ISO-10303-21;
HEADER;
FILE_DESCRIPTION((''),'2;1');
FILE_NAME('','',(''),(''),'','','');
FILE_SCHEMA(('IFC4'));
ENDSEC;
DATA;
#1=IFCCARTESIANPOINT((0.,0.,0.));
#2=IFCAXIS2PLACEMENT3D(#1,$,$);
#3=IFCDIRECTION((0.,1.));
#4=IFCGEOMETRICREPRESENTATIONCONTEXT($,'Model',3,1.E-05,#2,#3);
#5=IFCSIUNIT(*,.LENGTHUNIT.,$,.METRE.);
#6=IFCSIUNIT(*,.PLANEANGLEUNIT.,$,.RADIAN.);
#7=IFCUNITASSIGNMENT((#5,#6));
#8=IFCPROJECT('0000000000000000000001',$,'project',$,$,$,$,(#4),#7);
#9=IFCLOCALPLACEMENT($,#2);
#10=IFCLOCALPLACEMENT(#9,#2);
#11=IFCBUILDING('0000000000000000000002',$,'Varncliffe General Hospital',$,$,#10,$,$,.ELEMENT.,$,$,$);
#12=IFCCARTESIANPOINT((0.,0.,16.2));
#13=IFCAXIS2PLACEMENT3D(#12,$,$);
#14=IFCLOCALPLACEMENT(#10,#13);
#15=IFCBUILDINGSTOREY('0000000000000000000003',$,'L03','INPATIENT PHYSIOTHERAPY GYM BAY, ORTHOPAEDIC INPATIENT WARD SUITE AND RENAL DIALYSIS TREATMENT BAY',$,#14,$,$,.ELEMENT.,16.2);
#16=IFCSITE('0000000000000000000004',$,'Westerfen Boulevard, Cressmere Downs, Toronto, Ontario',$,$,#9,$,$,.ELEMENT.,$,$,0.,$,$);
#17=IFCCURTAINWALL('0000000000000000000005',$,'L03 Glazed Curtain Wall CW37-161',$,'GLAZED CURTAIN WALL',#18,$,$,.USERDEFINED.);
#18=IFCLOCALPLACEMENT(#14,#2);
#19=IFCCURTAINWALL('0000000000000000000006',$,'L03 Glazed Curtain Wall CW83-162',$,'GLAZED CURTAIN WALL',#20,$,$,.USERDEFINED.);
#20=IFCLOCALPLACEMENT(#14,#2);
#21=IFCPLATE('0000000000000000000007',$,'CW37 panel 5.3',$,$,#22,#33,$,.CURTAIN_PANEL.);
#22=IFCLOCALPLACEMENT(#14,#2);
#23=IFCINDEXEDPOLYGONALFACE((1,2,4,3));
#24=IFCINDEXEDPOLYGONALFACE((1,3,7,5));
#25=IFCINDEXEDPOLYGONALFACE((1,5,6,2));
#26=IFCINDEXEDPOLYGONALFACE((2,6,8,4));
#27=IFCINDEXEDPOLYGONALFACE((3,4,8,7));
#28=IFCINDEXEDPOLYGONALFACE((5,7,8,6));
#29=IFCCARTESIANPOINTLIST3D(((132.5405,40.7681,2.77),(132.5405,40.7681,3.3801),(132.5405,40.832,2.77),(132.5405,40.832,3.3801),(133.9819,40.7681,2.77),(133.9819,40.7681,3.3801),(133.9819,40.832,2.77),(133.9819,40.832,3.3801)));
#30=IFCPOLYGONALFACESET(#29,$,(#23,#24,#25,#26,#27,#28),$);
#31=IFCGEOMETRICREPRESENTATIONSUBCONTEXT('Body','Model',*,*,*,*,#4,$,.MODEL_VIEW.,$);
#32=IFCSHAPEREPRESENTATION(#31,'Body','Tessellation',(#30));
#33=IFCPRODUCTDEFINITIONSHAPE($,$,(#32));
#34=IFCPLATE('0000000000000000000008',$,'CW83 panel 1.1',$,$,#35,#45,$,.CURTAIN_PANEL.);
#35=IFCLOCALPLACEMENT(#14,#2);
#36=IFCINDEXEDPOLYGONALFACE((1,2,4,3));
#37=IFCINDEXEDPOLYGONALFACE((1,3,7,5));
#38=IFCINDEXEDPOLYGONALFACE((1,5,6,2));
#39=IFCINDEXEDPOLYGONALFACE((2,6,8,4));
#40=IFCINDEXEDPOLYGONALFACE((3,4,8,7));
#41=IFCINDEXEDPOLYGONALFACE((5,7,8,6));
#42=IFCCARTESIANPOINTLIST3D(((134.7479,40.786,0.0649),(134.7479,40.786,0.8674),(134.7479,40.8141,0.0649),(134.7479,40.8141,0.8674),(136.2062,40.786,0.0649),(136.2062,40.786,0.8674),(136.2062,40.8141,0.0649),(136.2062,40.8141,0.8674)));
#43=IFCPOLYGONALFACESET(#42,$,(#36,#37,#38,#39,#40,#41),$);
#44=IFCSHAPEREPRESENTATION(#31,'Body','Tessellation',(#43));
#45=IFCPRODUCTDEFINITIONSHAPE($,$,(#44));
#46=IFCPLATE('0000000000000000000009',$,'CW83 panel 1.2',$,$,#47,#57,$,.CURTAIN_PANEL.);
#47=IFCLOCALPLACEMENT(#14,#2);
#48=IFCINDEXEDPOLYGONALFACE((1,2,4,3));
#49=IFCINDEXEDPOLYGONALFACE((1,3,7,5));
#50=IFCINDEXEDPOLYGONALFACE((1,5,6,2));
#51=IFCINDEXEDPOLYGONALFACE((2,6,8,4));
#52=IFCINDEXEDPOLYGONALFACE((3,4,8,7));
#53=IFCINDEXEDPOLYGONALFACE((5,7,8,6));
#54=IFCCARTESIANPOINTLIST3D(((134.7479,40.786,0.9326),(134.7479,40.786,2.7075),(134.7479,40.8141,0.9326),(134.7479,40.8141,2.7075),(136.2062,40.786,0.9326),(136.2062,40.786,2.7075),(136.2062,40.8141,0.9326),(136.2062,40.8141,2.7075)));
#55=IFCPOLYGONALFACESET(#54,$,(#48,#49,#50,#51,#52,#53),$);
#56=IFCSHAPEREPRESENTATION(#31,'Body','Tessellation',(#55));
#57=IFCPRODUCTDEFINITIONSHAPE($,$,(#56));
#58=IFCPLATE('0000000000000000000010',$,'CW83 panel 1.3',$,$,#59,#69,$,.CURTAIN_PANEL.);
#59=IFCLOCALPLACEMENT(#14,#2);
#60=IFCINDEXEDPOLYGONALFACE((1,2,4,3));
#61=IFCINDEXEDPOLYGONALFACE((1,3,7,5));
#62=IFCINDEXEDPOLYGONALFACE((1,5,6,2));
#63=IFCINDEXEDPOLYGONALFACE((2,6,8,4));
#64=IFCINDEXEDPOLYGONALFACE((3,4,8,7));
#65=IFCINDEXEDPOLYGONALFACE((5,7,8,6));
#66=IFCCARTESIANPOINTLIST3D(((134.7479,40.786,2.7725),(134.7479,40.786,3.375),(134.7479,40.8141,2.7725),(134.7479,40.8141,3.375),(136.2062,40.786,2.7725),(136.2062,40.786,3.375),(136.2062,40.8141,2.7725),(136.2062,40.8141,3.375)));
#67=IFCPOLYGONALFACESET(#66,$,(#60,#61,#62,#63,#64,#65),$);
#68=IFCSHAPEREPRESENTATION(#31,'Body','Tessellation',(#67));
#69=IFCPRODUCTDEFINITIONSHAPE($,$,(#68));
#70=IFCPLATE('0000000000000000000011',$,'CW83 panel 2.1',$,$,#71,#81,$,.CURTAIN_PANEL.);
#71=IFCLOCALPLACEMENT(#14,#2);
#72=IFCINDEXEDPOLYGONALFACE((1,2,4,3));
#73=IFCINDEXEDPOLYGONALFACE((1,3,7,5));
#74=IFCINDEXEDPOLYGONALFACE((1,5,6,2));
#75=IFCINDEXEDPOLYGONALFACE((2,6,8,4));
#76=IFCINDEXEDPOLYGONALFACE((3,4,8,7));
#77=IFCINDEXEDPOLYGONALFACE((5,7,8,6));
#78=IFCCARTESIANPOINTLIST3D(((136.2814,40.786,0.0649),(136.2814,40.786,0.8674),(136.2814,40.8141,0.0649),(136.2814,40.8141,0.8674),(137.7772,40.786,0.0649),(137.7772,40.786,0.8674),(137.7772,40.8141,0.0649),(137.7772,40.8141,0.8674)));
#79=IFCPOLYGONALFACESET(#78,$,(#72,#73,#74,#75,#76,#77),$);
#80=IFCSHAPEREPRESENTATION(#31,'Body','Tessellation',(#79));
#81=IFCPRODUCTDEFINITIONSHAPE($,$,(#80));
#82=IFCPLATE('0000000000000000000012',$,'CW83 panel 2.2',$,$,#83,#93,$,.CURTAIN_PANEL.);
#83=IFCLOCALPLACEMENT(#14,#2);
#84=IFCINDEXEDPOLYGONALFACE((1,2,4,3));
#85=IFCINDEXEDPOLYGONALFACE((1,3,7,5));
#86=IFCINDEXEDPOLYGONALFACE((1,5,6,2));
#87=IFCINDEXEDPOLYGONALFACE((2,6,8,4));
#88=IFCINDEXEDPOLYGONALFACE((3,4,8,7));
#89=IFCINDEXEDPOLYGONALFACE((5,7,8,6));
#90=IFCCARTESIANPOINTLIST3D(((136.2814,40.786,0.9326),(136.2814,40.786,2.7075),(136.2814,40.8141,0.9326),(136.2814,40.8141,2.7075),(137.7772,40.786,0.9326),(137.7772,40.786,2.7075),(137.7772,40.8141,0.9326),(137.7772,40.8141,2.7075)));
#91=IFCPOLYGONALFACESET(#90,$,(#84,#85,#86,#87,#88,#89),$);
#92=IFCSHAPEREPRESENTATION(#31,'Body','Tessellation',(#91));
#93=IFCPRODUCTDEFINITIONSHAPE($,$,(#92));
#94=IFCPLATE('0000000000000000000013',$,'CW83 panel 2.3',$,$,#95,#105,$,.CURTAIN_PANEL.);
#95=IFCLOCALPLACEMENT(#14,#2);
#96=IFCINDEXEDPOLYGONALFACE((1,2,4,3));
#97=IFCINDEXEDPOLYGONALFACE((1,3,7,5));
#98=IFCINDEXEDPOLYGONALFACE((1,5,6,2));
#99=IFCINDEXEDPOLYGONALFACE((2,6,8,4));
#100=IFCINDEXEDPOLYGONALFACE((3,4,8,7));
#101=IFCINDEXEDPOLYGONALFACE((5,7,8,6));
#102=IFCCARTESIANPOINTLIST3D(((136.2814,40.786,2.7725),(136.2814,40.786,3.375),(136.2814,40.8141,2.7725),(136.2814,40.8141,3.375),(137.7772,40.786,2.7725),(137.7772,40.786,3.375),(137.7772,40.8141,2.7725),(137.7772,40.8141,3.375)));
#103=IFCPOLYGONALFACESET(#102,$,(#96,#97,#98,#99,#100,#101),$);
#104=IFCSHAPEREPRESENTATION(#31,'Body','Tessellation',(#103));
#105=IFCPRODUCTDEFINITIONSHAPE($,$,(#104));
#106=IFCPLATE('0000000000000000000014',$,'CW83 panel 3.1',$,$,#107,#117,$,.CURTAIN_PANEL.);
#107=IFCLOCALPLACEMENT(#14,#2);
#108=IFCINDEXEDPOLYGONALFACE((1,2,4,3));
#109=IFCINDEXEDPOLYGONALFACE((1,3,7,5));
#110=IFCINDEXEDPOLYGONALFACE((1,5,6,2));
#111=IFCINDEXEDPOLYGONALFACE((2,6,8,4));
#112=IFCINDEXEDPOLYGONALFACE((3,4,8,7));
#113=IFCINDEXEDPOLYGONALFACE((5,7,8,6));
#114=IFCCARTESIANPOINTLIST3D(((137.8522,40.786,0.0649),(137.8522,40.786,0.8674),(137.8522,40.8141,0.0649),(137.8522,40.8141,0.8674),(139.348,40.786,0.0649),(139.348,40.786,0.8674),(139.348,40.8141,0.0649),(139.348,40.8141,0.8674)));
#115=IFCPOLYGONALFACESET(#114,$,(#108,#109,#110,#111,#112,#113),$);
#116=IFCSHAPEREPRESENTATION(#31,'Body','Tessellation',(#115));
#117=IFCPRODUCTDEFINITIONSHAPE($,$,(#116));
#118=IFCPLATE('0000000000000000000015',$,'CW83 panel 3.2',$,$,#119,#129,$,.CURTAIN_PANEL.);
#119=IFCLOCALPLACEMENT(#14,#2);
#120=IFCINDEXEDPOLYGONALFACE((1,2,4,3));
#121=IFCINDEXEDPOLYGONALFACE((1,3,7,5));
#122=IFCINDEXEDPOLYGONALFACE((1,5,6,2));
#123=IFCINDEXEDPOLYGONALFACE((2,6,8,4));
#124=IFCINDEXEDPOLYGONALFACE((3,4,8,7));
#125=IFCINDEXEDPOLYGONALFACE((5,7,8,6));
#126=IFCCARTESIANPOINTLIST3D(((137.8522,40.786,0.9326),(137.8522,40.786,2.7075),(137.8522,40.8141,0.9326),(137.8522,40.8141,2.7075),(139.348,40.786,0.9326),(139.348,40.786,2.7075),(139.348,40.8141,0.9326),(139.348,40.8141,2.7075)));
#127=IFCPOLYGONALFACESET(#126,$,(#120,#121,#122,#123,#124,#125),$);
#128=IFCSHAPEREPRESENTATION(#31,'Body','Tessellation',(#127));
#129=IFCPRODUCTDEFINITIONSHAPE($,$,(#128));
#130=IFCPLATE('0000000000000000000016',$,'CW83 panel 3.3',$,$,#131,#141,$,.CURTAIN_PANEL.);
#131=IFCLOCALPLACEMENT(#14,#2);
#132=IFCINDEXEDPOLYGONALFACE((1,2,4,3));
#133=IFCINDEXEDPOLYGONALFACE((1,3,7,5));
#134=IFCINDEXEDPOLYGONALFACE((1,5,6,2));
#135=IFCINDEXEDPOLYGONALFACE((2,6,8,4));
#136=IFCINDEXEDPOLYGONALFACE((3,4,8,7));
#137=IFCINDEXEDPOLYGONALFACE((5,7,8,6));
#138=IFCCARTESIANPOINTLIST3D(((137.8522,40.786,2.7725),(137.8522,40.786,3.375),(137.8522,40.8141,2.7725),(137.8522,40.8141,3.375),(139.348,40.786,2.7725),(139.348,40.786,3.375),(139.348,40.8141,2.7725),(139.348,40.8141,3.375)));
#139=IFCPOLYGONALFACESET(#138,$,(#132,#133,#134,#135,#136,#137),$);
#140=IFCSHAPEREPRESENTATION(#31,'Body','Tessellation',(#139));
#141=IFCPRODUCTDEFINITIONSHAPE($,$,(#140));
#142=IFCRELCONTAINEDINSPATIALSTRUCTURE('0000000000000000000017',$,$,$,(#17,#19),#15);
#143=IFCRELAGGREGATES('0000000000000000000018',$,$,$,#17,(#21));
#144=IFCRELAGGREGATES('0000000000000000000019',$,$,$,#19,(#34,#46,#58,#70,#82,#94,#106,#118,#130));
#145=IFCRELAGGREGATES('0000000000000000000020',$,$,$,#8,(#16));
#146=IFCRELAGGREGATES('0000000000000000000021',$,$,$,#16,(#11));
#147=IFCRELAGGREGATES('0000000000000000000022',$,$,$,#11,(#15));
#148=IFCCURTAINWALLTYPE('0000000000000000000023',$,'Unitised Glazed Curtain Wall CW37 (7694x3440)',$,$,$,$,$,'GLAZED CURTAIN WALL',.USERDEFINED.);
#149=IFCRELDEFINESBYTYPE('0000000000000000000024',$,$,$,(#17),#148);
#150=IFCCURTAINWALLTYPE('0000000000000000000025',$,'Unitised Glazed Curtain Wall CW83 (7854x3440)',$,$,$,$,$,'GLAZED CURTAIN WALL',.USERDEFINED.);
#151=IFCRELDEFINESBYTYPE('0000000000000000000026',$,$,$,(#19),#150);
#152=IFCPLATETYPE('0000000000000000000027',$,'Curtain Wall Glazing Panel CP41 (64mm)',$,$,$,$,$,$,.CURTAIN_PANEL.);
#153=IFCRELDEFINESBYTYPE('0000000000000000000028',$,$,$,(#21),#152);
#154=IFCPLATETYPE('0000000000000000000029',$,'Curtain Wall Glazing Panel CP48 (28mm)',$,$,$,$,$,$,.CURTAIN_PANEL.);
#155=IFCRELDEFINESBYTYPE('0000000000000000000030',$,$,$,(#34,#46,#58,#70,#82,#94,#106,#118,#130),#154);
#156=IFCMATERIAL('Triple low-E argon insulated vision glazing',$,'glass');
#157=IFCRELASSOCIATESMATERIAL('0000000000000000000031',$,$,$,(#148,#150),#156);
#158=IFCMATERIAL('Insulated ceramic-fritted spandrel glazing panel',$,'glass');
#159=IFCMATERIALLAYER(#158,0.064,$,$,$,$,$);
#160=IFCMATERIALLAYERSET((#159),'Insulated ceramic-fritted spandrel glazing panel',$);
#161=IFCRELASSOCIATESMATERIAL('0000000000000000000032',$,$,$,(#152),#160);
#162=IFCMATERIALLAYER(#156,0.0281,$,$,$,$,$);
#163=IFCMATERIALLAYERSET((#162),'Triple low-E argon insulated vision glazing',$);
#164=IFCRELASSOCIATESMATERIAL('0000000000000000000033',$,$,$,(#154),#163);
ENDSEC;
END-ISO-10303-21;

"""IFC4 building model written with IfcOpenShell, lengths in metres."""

from ifc_helpers import new_model, si_unit, direction, frame, origin, origin_2d, place, context, subcontext, project, spatial, rectangle, extrude, material, layer, layer_set, type_object, element, aggregate, save


model = new_model("IFC4")

# Units and contexts
model_context = context("Model", 3, precision=1e-05, world=origin(), true_north=direction((0.0, 1.0)))
body_context = subcontext(model_context, "Body", "Model", "MODEL_VIEW")
ifc_project = project(units=[si_unit("LENGTHUNIT", "METRE"), si_unit("PLANEANGLEUNIT", "RADIAN")], contexts=[model_context])

# Site, building, storey
site_placement = place(None, origin())
site = spatial("IfcSite", under=ifc_project, at=site_placement, Name="Westerfen Boulevard, Cressmere Downs, Toronto, Ontario", CompositionType="ELEMENT", RefElevation=0.0)
building_placement = place(site_placement, origin())
building = spatial("IfcBuilding", under=site, at=building_placement, Name="Varncliffe General Hospital", CompositionType="ELEMENT")
storey_placement = place(building_placement, frame((0.0, 0.0, 16.2)))
storey = spatial("IfcBuildingStorey", under=building, at=storey_placement, Name="L03", Description="INPATIENT PHYSIOTHERAPY GYM BAY, ORTHOPAEDIC INPATIENT WARD SUITE AND RENAL DIALYSIS TREATMENT BAY", CompositionType="ELEMENT", Elevation=16.2)

# Curtain walls
ifc_material_1 = material(Name="Triple low-E argon insulated vision glazing", Category="glass")
curtain_wall_type_1 = type_object("IfcCurtainWallType", Name="Unitised Glazed Curtain Wall CW37 (7694x3440)", ElementType="GLAZED CURTAIN WALL", PredefinedType="USERDEFINED", material=ifc_material_1)
curtain_wall_1_placement = place(storey_placement, origin())
curtain_wall_1 = element("IfcCurtainWall", 1, at=curtain_wall_1_placement, inside=storey, type_object=curtain_wall_type_1, Name="L03 Glazed Curtain Wall CW37-161", ObjectType="GLAZED CURTAIN WALL", PredefinedType="USERDEFINED")
curtain_wall_type_2 = type_object("IfcCurtainWallType", Name="Unitised Glazed Curtain Wall CW83 (7854x3440)", ElementType="GLAZED CURTAIN WALL", PredefinedType="USERDEFINED", material=ifc_material_1)
curtain_wall_2_placement = place(storey_placement, origin())
curtain_wall_2 = element("IfcCurtainWall", 2, at=curtain_wall_2_placement, inside=storey, type_object=curtain_wall_type_2, Name="L03 Glazed Curtain Wall CW83-162", ObjectType="GLAZED CURTAIN WALL", PredefinedType="USERDEFINED")

# Plates
ifc_material_2 = material(Name="Insulated ceramic-fritted spandrel glazing panel", Category="glass")
ifc_layer_1 = layer(ifc_material_2, 0.064)
ifc_layer_set_1 = layer_set([ifc_layer_1], Name="Insulated ceramic-fritted spandrel glazing panel")
plate_type_1 = type_object("IfcPlateType", Name="Curtain Wall Glazing Panel CP41 (64mm)", PredefinedType="CURTAIN_PANEL", material=ifc_layer_set_1)
plate_1_placement = place(storey_placement, frame((133.2612, 40.8, 2.77), z_axis=(0.0, 0.0, 1.0), x_axis=(1.0, 0.0, 0.0)))
plate_1 = element("IfcPlate", 3, at=plate_1_placement, type_object=plate_type_1, Name="CW37 panel 5.3", PredefinedType="CURTAIN_PANEL", context=body_context, shape_type="SweptSolid", body=[
    extrude(rectangle(XDim=1.4414, YDim=0.064, at=origin_2d()), origin(), (0.0, 0.0, 1.0), 0.6101),
])
aggregate(curtain_wall_1, [plate_1])
ifc_layer_2 = layer(ifc_material_1, 0.0281)
ifc_layer_set_2 = layer_set([ifc_layer_2], Name="Triple low-E argon insulated vision glazing")
plate_type_2 = type_object("IfcPlateType", Name="Curtain Wall Glazing Panel CP48 (28mm)", PredefinedType="CURTAIN_PANEL", material=ifc_layer_set_2)
plate_2_placement = place(storey_placement, frame((135.4771, 40.8, 0.0649), z_axis=(0.0, 0.0, 1.0), x_axis=(1.0, 0.0, 0.0)))
plate_2 = element("IfcPlate", 4, at=plate_2_placement, type_object=plate_type_2, Name="CW83 panel 1.1", PredefinedType="CURTAIN_PANEL", context=body_context, shape_type="SweptSolid", body=[
    extrude(rectangle(XDim=1.4583, YDim=0.0281, at=origin_2d()), origin(), (0.0, 0.0, 1.0), 0.8025),
])
plate_3_placement = place(storey_placement, frame((135.4771, 40.8, 0.9326), z_axis=(0.0, 0.0, 1.0), x_axis=(1.0, 0.0, 0.0)))
plate_3 = element("IfcPlate", 5, at=plate_3_placement, type_object=plate_type_2, Name="CW83 panel 1.2", PredefinedType="CURTAIN_PANEL", context=body_context, shape_type="SweptSolid", body=[
    extrude(rectangle(XDim=1.4583, YDim=0.0281, at=origin_2d()), origin(), (0.0, 0.0, 1.0), 1.7749),
])
plate_4_placement = place(storey_placement, frame((135.4771, 40.8, 2.7725), z_axis=(0.0, 0.0, 1.0), x_axis=(1.0, 0.0, 0.0)))
plate_4 = element("IfcPlate", 6, at=plate_4_placement, type_object=plate_type_2, Name="CW83 panel 1.3", PredefinedType="CURTAIN_PANEL", context=body_context, shape_type="SweptSolid", body=[
    extrude(rectangle(XDim=1.4583, YDim=0.0281, at=origin_2d()), origin(), (0.0, 0.0, 1.0), 0.6025),
])
plate_5_placement = place(storey_placement, frame((137.0293, 40.8, 0.0649), z_axis=(0.0, 0.0, 1.0), x_axis=(1.0, 0.0, 0.0)))
plate_5 = element("IfcPlate", 7, at=plate_5_placement, type_object=plate_type_2, Name="CW83 panel 2.1", PredefinedType="CURTAIN_PANEL", context=body_context, shape_type="SweptSolid", body=[
    extrude(rectangle(XDim=1.4958, YDim=0.0281, at=origin_2d()), origin(), (0.0, 0.0, 1.0), 0.8025),
])
plate_6_placement = place(storey_placement, frame((137.0293, 40.8, 0.9326), z_axis=(0.0, 0.0, 1.0), x_axis=(1.0, 0.0, 0.0)))
plate_6 = element("IfcPlate", 8, at=plate_6_placement, type_object=plate_type_2, Name="CW83 panel 2.2", PredefinedType="CURTAIN_PANEL", context=body_context, shape_type="SweptSolid", body=[
    extrude(rectangle(XDim=1.4958, YDim=0.0281, at=origin_2d()), origin(), (0.0, 0.0, 1.0), 1.7749),
])
plate_7_placement = place(storey_placement, frame((137.0293, 40.8, 2.7725), z_axis=(0.0, 0.0, 1.0), x_axis=(1.0, 0.0, 0.0)))
plate_7 = element("IfcPlate", 9, at=plate_7_placement, type_object=plate_type_2, Name="CW83 panel 2.3", PredefinedType="CURTAIN_PANEL", context=body_context, shape_type="SweptSolid", body=[
    extrude(rectangle(XDim=1.4958, YDim=0.0281, at=origin_2d()), origin(), (0.0, 0.0, 1.0), 0.6025),
])
plate_8_placement = place(storey_placement, frame((138.6001, 40.8, 0.0649), z_axis=(0.0, 0.0, 1.0), x_axis=(1.0, 0.0, 0.0)))
plate_8 = element("IfcPlate", 10, at=plate_8_placement, type_object=plate_type_2, Name="CW83 panel 3.1", PredefinedType="CURTAIN_PANEL", context=body_context, shape_type="SweptSolid", body=[
    extrude(rectangle(XDim=1.4958, YDim=0.0281, at=origin_2d()), origin(), (0.0, 0.0, 1.0), 0.8025),
])
plate_9_placement = place(storey_placement, frame((138.6001, 40.8, 0.9326), z_axis=(0.0, 0.0, 1.0), x_axis=(1.0, 0.0, 0.0)))
plate_9 = element("IfcPlate", 11, at=plate_9_placement, type_object=plate_type_2, Name="CW83 panel 3.2", PredefinedType="CURTAIN_PANEL", context=body_context, shape_type="SweptSolid", body=[
    extrude(rectangle(XDim=1.4958, YDim=0.0281, at=origin_2d()), origin(), (0.0, 0.0, 1.0), 1.7749),
])
plate_10_placement = place(storey_placement, frame((138.6001, 40.8, 2.7725), z_axis=(0.0, 0.0, 1.0), x_axis=(1.0, 0.0, 0.0)))
plate_10 = element("IfcPlate", 12, at=plate_10_placement, type_object=plate_type_2, Name="CW83 panel 3.3", PredefinedType="CURTAIN_PANEL", context=body_context, shape_type="SweptSolid", body=[
    extrude(rectangle(XDim=1.4958, YDim=0.0281, at=origin_2d()), origin(), (0.0, 0.0, 1.0), 0.6025),
])
aggregate(curtain_wall_2, [plate_2, plate_3, plate_4, plate_5, plate_6, plate_7, plate_8, plate_9, plate_10])

save(model, "model.ifc")
